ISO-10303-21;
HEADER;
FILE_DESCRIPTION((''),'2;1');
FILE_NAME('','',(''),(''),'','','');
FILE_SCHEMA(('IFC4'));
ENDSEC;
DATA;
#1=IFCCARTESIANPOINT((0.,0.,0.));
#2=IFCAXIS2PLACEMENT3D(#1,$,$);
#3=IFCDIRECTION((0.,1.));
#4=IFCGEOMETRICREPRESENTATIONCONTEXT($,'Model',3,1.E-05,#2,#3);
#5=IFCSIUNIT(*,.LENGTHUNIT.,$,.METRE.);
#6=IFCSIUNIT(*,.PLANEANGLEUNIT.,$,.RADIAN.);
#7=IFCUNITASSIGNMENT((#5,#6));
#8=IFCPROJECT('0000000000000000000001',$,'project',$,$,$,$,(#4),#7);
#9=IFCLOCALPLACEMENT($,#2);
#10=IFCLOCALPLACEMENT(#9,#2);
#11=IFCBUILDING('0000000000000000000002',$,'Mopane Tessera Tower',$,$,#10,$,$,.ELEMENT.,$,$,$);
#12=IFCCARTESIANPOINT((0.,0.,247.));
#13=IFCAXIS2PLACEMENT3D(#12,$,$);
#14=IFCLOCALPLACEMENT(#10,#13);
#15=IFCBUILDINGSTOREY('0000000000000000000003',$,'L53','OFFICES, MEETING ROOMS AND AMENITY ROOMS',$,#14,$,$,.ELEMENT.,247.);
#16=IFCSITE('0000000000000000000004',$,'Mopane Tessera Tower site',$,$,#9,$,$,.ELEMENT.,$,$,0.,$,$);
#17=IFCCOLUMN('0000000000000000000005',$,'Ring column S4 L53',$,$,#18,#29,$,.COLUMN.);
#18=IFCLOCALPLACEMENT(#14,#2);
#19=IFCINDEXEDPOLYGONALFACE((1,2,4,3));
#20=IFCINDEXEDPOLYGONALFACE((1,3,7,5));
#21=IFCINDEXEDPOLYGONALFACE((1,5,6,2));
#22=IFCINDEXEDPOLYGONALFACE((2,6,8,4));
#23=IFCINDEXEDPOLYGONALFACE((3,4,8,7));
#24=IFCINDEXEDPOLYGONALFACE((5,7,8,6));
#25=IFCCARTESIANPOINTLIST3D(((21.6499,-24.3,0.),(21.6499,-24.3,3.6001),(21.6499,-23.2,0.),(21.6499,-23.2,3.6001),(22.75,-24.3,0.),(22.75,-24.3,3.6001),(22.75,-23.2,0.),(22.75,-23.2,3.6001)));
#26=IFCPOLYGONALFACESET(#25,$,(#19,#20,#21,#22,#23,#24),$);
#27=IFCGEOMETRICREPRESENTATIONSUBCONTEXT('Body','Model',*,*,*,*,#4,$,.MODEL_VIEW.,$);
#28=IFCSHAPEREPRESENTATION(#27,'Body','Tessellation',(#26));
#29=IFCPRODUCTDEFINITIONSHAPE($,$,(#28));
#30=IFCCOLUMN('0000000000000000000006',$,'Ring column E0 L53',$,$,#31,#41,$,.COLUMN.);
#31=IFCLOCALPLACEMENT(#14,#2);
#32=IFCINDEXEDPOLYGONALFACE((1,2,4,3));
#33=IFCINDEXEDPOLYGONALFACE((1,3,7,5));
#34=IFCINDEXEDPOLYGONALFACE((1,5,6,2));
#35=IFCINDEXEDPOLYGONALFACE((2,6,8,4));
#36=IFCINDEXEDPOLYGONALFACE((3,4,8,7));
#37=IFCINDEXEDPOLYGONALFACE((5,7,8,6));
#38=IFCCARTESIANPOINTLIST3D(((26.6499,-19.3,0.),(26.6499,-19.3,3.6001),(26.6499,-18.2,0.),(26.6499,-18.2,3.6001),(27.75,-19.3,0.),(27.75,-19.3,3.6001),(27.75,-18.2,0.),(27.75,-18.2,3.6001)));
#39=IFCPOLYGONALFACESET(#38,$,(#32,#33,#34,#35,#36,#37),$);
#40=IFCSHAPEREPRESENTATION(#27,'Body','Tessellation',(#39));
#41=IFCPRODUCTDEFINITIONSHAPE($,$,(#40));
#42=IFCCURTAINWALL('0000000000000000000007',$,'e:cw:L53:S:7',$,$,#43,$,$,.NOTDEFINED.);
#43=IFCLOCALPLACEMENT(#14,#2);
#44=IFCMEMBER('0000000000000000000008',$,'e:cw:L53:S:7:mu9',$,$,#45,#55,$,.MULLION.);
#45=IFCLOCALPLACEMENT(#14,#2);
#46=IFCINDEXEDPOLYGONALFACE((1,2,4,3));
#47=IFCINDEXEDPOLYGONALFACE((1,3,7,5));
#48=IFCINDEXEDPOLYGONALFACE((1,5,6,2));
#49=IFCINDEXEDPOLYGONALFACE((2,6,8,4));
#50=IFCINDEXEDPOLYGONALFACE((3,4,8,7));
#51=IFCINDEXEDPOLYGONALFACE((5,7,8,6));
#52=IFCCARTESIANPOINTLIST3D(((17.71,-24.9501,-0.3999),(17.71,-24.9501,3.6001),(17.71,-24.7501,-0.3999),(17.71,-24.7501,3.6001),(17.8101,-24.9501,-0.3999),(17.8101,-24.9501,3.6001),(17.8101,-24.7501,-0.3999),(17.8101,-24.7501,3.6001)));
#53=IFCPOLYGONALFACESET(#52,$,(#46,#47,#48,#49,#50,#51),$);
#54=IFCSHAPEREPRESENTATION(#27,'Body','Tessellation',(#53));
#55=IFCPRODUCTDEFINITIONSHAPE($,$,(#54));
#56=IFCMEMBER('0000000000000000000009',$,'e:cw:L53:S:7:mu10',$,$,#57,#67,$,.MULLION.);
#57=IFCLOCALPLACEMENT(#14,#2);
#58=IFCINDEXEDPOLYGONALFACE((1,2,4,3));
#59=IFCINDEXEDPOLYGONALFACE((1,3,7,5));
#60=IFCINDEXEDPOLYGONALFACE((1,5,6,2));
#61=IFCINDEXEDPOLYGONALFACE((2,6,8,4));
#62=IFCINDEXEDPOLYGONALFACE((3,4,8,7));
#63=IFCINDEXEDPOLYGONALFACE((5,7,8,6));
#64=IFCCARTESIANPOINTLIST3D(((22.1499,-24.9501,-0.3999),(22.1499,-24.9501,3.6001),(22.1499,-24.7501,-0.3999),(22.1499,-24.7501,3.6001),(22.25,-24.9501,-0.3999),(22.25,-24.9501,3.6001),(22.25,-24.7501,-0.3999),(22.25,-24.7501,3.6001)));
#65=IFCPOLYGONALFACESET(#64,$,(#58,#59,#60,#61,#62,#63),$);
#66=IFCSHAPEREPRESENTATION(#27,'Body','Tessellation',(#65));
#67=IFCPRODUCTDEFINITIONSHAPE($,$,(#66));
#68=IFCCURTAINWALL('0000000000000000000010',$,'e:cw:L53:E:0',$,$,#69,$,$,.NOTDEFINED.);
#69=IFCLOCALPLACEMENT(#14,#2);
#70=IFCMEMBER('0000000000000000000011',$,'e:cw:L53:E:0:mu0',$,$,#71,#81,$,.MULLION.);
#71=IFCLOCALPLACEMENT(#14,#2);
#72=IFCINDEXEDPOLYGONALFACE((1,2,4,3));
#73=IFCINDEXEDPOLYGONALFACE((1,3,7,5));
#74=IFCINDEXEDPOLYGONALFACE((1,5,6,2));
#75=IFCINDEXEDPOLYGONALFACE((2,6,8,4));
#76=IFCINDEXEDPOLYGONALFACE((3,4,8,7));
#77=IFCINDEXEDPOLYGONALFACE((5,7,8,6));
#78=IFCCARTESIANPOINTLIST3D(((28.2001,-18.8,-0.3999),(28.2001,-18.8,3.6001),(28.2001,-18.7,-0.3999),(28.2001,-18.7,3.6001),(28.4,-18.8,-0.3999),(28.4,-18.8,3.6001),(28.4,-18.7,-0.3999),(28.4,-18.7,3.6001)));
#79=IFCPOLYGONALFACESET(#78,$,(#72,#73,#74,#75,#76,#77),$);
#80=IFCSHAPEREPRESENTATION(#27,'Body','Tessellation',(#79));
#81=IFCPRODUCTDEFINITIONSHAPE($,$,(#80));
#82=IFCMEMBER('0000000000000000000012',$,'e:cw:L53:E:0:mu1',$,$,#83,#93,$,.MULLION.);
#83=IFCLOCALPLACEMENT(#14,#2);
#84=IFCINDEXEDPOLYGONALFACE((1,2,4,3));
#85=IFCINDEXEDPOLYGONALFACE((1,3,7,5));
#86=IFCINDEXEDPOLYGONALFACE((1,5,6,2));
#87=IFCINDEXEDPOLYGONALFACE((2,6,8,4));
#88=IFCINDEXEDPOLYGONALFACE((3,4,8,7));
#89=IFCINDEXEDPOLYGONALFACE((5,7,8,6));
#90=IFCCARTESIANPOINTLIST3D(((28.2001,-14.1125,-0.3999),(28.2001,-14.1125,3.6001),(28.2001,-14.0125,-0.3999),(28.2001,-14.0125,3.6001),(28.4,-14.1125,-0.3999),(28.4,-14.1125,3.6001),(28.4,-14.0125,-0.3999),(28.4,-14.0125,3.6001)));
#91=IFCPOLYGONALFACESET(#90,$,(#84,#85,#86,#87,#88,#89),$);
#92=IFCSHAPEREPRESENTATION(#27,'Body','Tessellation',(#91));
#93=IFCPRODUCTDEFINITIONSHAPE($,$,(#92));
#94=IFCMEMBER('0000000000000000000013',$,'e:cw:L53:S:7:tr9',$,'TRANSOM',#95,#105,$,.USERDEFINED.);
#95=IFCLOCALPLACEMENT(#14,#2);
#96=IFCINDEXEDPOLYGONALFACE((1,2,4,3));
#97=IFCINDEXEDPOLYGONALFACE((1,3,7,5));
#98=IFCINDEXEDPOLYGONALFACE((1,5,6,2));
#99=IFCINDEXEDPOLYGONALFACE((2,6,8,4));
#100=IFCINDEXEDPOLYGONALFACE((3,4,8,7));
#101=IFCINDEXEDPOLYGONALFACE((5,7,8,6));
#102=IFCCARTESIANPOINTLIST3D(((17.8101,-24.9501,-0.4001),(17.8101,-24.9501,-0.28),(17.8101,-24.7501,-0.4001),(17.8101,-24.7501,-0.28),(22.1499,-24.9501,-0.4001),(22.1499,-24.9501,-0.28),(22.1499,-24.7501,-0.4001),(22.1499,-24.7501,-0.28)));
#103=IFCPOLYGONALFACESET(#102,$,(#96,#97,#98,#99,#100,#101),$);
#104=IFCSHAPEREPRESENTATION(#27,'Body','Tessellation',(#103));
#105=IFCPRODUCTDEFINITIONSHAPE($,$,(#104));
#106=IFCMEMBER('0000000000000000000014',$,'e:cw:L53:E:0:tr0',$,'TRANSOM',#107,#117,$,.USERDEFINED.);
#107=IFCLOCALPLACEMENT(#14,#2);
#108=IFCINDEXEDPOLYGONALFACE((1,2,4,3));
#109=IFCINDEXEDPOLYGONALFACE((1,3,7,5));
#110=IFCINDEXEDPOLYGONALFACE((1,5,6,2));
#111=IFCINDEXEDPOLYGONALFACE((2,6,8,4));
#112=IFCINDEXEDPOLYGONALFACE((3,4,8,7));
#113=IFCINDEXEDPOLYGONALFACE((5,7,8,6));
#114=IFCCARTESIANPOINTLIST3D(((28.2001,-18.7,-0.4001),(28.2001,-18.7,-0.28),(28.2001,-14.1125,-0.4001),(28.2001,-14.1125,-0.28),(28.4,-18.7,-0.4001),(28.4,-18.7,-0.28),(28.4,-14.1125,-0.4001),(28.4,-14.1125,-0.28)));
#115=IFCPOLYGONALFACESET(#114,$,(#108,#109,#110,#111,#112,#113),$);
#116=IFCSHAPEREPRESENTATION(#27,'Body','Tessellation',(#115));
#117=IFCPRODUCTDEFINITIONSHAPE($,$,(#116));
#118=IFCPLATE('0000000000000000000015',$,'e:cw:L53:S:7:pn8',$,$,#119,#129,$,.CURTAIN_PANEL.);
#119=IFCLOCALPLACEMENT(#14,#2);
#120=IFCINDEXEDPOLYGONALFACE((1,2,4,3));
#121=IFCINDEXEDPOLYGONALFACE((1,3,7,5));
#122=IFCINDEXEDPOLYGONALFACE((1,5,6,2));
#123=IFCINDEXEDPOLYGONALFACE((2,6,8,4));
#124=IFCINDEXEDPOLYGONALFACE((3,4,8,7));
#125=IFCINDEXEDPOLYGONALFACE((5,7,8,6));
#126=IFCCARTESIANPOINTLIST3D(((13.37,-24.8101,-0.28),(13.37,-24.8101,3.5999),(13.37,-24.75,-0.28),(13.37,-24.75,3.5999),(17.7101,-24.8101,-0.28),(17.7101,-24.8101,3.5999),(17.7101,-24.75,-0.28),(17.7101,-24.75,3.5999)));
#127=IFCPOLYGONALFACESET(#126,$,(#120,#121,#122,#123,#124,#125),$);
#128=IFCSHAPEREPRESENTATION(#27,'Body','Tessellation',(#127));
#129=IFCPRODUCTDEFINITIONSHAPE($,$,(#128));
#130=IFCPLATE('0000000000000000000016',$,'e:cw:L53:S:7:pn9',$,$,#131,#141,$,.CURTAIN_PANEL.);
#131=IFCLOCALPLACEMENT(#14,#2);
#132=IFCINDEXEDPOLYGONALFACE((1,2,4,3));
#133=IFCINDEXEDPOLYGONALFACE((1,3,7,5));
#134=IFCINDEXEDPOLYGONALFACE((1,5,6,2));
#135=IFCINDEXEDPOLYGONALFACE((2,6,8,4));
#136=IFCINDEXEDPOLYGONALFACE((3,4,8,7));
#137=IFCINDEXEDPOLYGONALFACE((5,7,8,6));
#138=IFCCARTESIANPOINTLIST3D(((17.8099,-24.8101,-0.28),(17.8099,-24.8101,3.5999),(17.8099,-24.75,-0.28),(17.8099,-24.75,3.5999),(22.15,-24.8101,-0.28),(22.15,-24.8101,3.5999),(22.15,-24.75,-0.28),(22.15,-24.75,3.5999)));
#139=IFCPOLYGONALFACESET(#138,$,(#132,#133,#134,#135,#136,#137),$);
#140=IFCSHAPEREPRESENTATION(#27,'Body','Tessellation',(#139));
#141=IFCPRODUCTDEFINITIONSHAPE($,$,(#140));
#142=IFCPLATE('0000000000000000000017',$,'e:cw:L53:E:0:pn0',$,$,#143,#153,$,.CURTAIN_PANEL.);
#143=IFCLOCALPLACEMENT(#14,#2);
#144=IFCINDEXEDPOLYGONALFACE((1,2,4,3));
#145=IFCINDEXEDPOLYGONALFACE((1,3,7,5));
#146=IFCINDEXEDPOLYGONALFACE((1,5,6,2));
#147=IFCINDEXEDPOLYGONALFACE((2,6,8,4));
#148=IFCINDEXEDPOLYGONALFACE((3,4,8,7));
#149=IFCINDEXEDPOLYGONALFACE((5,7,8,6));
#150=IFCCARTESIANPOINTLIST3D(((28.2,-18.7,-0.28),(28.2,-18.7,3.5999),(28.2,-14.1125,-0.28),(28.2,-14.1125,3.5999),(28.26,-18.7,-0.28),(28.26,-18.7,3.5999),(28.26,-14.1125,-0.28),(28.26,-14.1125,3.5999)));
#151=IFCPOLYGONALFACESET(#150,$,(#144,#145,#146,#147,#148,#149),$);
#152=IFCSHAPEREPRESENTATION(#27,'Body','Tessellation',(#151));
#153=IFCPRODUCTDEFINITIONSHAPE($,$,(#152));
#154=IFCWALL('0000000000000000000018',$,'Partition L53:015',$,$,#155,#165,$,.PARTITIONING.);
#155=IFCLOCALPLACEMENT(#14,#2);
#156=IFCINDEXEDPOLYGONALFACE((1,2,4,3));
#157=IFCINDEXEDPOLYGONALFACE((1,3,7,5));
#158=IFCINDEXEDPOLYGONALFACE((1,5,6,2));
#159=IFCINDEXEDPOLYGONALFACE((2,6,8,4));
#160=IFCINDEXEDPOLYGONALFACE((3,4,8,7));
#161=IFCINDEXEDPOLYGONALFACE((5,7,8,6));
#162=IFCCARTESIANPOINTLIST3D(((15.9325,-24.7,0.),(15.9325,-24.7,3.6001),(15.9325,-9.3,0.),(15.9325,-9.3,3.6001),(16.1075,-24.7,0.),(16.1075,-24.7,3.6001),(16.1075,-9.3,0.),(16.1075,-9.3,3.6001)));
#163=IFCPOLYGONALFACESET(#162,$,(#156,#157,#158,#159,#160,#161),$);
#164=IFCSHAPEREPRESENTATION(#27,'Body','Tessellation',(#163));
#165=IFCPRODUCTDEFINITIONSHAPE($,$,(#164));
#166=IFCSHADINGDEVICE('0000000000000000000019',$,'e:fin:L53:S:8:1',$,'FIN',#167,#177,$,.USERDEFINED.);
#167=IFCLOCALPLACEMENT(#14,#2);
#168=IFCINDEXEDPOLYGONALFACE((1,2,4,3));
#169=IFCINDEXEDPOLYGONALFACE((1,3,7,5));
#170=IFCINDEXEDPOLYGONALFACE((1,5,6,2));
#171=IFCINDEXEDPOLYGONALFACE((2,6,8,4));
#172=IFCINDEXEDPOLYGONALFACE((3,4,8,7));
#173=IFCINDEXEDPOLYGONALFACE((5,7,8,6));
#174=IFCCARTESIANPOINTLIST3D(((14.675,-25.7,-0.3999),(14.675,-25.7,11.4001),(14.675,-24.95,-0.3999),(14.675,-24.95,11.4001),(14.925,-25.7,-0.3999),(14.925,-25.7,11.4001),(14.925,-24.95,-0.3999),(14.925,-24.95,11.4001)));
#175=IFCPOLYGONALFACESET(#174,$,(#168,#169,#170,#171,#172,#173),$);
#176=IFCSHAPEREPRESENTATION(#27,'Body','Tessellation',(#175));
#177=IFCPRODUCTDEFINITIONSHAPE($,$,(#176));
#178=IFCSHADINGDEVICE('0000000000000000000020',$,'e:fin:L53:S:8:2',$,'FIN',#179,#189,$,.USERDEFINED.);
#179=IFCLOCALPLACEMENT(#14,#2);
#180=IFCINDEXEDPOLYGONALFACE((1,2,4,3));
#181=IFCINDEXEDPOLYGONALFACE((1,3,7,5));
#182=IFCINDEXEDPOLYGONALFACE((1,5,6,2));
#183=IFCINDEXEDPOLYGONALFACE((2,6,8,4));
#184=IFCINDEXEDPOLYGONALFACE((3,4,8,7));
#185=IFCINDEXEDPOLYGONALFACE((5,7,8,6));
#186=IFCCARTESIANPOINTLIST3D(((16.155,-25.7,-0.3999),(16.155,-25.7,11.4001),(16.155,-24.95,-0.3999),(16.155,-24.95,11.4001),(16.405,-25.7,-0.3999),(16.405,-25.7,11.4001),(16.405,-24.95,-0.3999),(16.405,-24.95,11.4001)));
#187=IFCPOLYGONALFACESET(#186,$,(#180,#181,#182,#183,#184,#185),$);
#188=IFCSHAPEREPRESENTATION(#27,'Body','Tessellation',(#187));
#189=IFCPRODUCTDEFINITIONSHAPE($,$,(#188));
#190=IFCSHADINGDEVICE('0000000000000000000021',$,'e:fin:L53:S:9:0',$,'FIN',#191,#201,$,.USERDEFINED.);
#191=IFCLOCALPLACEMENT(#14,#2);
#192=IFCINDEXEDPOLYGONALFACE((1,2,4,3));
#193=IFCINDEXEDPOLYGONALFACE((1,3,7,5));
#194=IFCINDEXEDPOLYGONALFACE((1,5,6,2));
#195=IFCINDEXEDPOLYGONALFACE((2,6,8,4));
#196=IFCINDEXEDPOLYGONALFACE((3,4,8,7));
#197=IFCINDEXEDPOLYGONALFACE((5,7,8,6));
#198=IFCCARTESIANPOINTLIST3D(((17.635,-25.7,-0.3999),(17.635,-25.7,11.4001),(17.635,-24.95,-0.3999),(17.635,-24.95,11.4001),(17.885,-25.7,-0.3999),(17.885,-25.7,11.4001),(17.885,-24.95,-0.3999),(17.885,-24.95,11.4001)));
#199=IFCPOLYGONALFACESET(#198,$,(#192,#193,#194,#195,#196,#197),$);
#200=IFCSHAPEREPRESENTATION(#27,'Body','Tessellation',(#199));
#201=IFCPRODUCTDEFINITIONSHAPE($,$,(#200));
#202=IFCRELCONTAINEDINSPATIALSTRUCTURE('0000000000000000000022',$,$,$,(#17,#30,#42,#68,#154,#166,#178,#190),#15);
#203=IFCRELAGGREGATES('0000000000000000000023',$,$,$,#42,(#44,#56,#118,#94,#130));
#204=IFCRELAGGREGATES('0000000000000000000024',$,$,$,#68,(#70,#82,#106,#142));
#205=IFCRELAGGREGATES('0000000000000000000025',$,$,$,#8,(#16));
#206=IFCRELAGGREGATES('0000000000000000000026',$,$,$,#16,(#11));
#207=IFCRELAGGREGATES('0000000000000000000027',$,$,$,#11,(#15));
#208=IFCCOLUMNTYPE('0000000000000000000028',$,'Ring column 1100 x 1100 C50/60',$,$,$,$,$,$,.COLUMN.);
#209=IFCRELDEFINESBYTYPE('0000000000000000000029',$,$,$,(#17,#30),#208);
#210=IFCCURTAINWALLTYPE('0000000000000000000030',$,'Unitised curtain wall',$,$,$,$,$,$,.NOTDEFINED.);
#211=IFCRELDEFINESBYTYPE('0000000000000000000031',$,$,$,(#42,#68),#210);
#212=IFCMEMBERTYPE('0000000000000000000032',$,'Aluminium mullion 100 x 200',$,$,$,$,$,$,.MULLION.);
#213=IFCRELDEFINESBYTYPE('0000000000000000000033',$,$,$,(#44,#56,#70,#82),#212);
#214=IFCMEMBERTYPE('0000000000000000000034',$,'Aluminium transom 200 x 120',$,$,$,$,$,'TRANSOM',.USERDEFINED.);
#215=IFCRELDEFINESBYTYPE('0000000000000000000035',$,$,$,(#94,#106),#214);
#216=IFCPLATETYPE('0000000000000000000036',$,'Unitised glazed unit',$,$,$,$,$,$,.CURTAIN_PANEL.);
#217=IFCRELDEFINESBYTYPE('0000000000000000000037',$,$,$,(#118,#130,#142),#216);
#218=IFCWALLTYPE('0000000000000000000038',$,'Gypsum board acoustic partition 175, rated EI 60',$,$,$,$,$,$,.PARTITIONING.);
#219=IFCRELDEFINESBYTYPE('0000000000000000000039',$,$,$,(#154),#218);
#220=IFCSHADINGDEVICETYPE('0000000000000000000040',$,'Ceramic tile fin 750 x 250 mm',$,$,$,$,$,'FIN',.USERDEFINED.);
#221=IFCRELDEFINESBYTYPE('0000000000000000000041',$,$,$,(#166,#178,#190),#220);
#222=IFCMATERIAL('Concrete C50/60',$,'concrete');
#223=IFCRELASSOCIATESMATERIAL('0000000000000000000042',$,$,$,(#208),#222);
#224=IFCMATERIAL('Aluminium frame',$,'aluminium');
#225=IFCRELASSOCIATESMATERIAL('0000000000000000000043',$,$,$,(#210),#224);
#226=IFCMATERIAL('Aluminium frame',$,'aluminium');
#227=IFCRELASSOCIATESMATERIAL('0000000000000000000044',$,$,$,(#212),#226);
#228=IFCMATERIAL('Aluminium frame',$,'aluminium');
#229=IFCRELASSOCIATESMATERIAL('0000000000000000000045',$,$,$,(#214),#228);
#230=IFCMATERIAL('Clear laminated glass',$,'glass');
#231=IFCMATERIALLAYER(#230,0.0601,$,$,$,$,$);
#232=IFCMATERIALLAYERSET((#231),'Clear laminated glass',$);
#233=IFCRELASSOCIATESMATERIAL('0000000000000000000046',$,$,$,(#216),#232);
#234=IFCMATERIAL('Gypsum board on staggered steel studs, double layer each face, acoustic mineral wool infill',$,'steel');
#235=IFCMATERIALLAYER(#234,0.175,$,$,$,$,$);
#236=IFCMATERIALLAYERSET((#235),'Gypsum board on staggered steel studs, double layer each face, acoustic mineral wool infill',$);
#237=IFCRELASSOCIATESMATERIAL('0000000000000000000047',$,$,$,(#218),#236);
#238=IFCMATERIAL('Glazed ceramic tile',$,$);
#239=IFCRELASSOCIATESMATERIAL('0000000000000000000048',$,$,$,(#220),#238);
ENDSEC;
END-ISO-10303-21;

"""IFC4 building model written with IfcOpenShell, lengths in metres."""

from ifc_helpers import new_model, si_unit, direction, frame, frame_2d, origin, origin_2d, place, context, subcontext, project, spatial, rectangle, extrude, material, layer, layer_set, material_profile, profile_set, type_object, element, aggregate, save


model = new_model("IFC4")

# Units and contexts
model_context = context("Model", 3, precision=1e-05, world=origin(), true_north=direction((0.0, 1.0)))
body_context = subcontext(model_context, "Body", "Model", "MODEL_VIEW")
ifc_project = project(units=[si_unit("LENGTHUNIT", "METRE"), si_unit("PLANEANGLEUNIT", "RADIAN")], contexts=[model_context])

# Site, building, storey
site_placement = place(None, origin())
site = spatial("IfcSite", under=ifc_project, at=site_placement, Name="Mopane Tessera Tower site", CompositionType="ELEMENT", RefElevation=0.0)
building_placement = place(site_placement, origin())
building = spatial("IfcBuilding", under=site, at=building_placement, Name="Mopane Tessera Tower", CompositionType="ELEMENT")
storey_placement = place(building_placement, frame((0.0, 0.0, 247.0)))
storey = spatial("IfcBuildingStorey", under=building, at=storey_placement, Name="L53", Description="OFFICES, MEETING ROOMS AND AMENITY ROOMS", CompositionType="ELEMENT", Elevation=247.0)

# Columns
ifc_material_1 = material(Name="Concrete C50/60", Category="concrete")
ifc_material_profile_1 = material_profile(ifc_material_1, rectangle(XDim=1.1001, YDim=1.1001, at=origin_2d()))
ifc_profile_set_1 = profile_set([ifc_material_profile_1], Name="Concrete C50/60")
column_type = type_object("IfcColumnType", Name="Ring column 1100 x 1100 C50/60", PredefinedType="COLUMN", material=ifc_profile_set_1)
for number, where, z_axis, x_axis, name in (
    (1, (22.2, -23.75, 0.0), (0.0, 0.0, 1.0), (1.0, 0.0, 0.0), "Ring column S4 L53"),
    (2, (27.2, -18.75, 0.0), (0.0, 0.0, 1.0), (1.0, 0.0, 0.0), "Ring column E0 L53"),
):
    element("IfcColumn", number, at=place(storey_placement, frame(where, z_axis=z_axis, x_axis=x_axis)), inside=storey, type_object=column_type, Name=name, PredefinedType="COLUMN", context=body_context, shape_type="SweptSolid", body=[
        extrude(rectangle(XDim=1.1001, YDim=1.1001, at=origin_2d()), origin(), (0.0, 0.0, 1.0), 3.6001),
    ])

# Curtain walls, members
ifc_material_2 = material(Name="Aluminium frame", Category="aluminium")
curtain_wall_type = type_object("IfcCurtainWallType", Name="Unitised curtain wall", PredefinedType="NOTDEFINED", material=ifc_material_2)
curtain_wall_1_placement = place(storey_placement, origin())
curtain_wall_1 = element("IfcCurtainWall", 3, at=curtain_wall_1_placement, inside=storey, type_object=curtain_wall_type, Name="e:cw:L53:S:7", PredefinedType="NOTDEFINED")
ifc_material_3 = material(Name="Aluminium frame", Category="aluminium")
ifc_material_profile_2 = material_profile(ifc_material_3, rectangle(XDim=0.1001, YDim=0.2, at=origin_2d()))
ifc_profile_set_2 = profile_set([ifc_material_profile_2], Name="Aluminium frame")
member_type_1 = type_object("IfcMemberType", Name="Aluminium mullion 100 x 200", PredefinedType="MULLION", material=ifc_profile_set_2)
member_1_placement = place(storey_placement, frame((17.76, -24.8501, -0.3999), z_axis=(0.0, 0.0, 1.0), x_axis=(1.0, 0.0, 0.0)))
member_1 = element("IfcMember", 4, at=member_1_placement, type_object=member_type_1, Name="e:cw:L53:S:7:mu9", PredefinedType="MULLION", context=body_context, shape_type="SweptSolid", body=[
    extrude(rectangle(XDim=0.1001, YDim=0.2, at=origin_2d()), origin(), (0.0, 0.0, 1.0), 4.0),
])
member_2_placement = place(storey_placement, frame((22.2, -24.8501, -0.3999), z_axis=(0.0, 0.0, 1.0), x_axis=(1.0, 0.0, 0.0)))
member_2 = element("IfcMember", 5, at=member_2_placement, type_object=member_type_1, Name="e:cw:L53:S:7:mu10", PredefinedType="MULLION", context=body_context, shape_type="SweptSolid", body=[
    extrude(rectangle(XDim=0.1001, YDim=0.2, at=origin_2d()), origin(), (0.0, 0.0, 1.0), 4.0),
])
curtain_wall_2_placement = place(storey_placement, origin())
curtain_wall_2 = element("IfcCurtainWall", 6, at=curtain_wall_2_placement, inside=storey, type_object=curtain_wall_type, Name="e:cw:L53:E:0", PredefinedType="NOTDEFINED")
member_3_placement = place(storey_placement, frame((28.3, -18.75, -0.3999), z_axis=(0.0, 0.0, 1.0), x_axis=(0.0, 1.0, 0.0)))
member_3 = element("IfcMember", 7, at=member_3_placement, type_object=member_type_1, Name="e:cw:L53:E:0:mu0", PredefinedType="MULLION", context=body_context, shape_type="SweptSolid", body=[
    extrude(rectangle(XDim=0.1001, YDim=0.2, at=origin_2d()), origin(), (0.0, 0.0, 1.0), 4.0),
])
member_4_placement = place(storey_placement, frame((28.3, -14.0625, -0.3999), z_axis=(0.0, 0.0, 1.0), x_axis=(0.0, 1.0, 0.0)))
member_4 = element("IfcMember", 8, at=member_4_placement, type_object=member_type_1, Name="e:cw:L53:E:0:mu1", PredefinedType="MULLION", context=body_context, shape_type="SweptSolid", body=[
    extrude(rectangle(XDim=0.1001, YDim=0.2, at=origin_2d()), origin(), (0.0, 0.0, 1.0), 4.0),
])

# Members
ifc_material_4 = material(Name="Aluminium frame", Category="aluminium")
ifc_material_profile_3 = material_profile(ifc_material_4, rectangle(XDim=0.2, YDim=0.1201, at=origin_2d()))
ifc_profile_set_3 = profile_set([ifc_material_profile_3], Name="Aluminium frame")
member_type_2 = type_object("IfcMemberType", Name="Aluminium transom 200 x 120", ElementType="TRANSOM", PredefinedType="USERDEFINED", material=ifc_profile_set_3)
member_5_placement = place(storey_placement, frame((17.8101, -24.8501, -0.3401), z_axis=(1.0, 0.0, 0.0), x_axis=(0.0, 1.0, 0.0)))
member_5 = element("IfcMember", 9, at=member_5_placement, type_object=member_type_2, Name="e:cw:L53:S:7:tr9", ObjectType="TRANSOM", PredefinedType="USERDEFINED", context=body_context, shape_type="SweptSolid", body=[
    extrude(rectangle(XDim=0.2, YDim=0.1201, at=origin_2d()), origin(), (0.0, 0.0, 1.0), 4.3398),
])
member_6_placement = place(storey_placement, frame((28.3, -18.7, -0.3401), z_axis=(0.0, 1.0, 0.0), x_axis=(-1.0, 0.0, 0.0)))
member_6 = element("IfcMember", 10, at=member_6_placement, type_object=member_type_2, Name="e:cw:L53:E:0:tr0", ObjectType="TRANSOM", PredefinedType="USERDEFINED", context=body_context, shape_type="SweptSolid", body=[
    extrude(rectangle(XDim=0.2, YDim=0.1201, at=origin_2d()), origin(), (0.0, 0.0, 1.0), 4.5874),
])

# Plates
ifc_material_5 = material(Name="Clear laminated glass", Category="glass")
ifc_layer_1 = layer(ifc_material_5, 0.0601)
ifc_layer_set_1 = layer_set([ifc_layer_1], Name="Clear laminated glass")
plate_type = type_object("IfcPlateType", Name="Unitised glazed unit", PredefinedType="CURTAIN_PANEL", material=ifc_layer_set_1)
plate_1_placement = place(storey_placement, frame((15.54, -24.78, -0.28), z_axis=(0.0, 0.0, 1.0), x_axis=(1.0, 0.0, 0.0)))
plate_1 = element("IfcPlate", 11, at=plate_1_placement, type_object=plate_type, Name="e:cw:L53:S:7:pn8", PredefinedType="CURTAIN_PANEL", context=body_context, shape_type="SweptSolid", body=[
    extrude(rectangle(XDim=4.3401, YDim=0.0601, at=origin_2d()), origin(), (0.0, 0.0, 1.0), 3.8799),
])
plate_2_placement = place(storey_placement, frame((19.98, -24.78, -0.28), z_axis=(0.0, 0.0, 1.0), x_axis=(1.0, 0.0, 0.0)))
plate_2 = element("IfcPlate", 12, at=plate_2_placement, type_object=plate_type, Name="e:cw:L53:S:7:pn9", PredefinedType="CURTAIN_PANEL", context=body_context, shape_type="SweptSolid", body=[
    extrude(rectangle(XDim=4.3401, YDim=0.0601, at=origin_2d()), origin(), (0.0, 0.0, 1.0), 3.8799),
])
aggregate(curtain_wall_1, [member_1, member_2, plate_1, member_5, plate_2])
plate_3_placement = place(storey_placement, frame((28.23, -16.4062, -0.28), z_axis=(0.0, 0.0, 1.0), x_axis=(0.0, 1.0, 0.0)))
plate_3 = element("IfcPlate", 13, at=plate_3_placement, type_object=plate_type, Name="e:cw:L53:E:0:pn0", PredefinedType="CURTAIN_PANEL", context=body_context, shape_type="SweptSolid", body=[
    extrude(rectangle(XDim=4.5874, YDim=0.0601, at=origin_2d()), origin(), (0.0, 0.0, 1.0), 3.8799),
])
aggregate(curtain_wall_2, [member_3, member_4, member_6, plate_3])

# Wall
ifc_material_6 = material(Name="Gypsum board on staggered steel studs, double layer each face, acoustic mineral wool infill", Category="steel")
ifc_layer_2 = layer(ifc_material_6, 0.175)
ifc_layer_set_2 = layer_set([ifc_layer_2], Name="Gypsum board on staggered steel studs, double layer each face, acoustic mineral wool infill")
wall_type = type_object("IfcWallType", Name="Gypsum board acoustic partition 175, rated EI 60", PredefinedType="PARTITIONING", material=ifc_layer_set_2)
wall_placement = place(storey_placement, frame((16.02, -24.7, 0.0), z_axis=(0.0, 0.0, 1.0), x_axis=(0.0, 1.0, 0.0)))
element("IfcWall", 14, at=wall_placement, inside=storey, type_object=wall_type, Name="Partition L53:015", PredefinedType="PARTITIONING", context=body_context, shape_type="SweptSolid", body=[
    extrude(rectangle(XDim=15.3999, YDim=0.175, at=frame_2d((7.7, 0.0))), origin(), (0.0, 0.0, 1.0), 3.6001),
])

# Shading devices
ifc_material_7 = material(Name="Glazed ceramic tile")
shading_device_type = type_object("IfcShadingDeviceType", Name="Ceramic tile fin 750 x 250 mm", ElementType="FIN", PredefinedType="USERDEFINED", material=ifc_material_7)
for number, where, z_axis, x_axis, name in (
    (15, (14.8, -25.325, -0.3999), (0.0, 0.0, 1.0), (1.0, 0.0, 0.0), "e:fin:L53:S:8:1"),
    (16, (16.28, -25.325, -0.3999), (0.0, 0.0, 1.0), (1.0, 0.0, 0.0), "e:fin:L53:S:8:2"),
    (17, (17.76, -25.325, -0.3999), (0.0, 0.0, 1.0), (1.0, 0.0, 0.0), "e:fin:L53:S:9:0"),
):
    element("IfcShadingDevice", number, at=place(storey_placement, frame(where, z_axis=z_axis, x_axis=x_axis)), inside=storey, type_object=shading_device_type, Name=name, ObjectType="FIN", PredefinedType="USERDEFINED", context=body_context, shape_type="SweptSolid", body=[
        extrude(rectangle(XDim=0.25, YDim=0.75, at=origin_2d()), origin(), (0.0, 0.0, 1.0), 11.8),
    ])

save(model, "model.ifc")
